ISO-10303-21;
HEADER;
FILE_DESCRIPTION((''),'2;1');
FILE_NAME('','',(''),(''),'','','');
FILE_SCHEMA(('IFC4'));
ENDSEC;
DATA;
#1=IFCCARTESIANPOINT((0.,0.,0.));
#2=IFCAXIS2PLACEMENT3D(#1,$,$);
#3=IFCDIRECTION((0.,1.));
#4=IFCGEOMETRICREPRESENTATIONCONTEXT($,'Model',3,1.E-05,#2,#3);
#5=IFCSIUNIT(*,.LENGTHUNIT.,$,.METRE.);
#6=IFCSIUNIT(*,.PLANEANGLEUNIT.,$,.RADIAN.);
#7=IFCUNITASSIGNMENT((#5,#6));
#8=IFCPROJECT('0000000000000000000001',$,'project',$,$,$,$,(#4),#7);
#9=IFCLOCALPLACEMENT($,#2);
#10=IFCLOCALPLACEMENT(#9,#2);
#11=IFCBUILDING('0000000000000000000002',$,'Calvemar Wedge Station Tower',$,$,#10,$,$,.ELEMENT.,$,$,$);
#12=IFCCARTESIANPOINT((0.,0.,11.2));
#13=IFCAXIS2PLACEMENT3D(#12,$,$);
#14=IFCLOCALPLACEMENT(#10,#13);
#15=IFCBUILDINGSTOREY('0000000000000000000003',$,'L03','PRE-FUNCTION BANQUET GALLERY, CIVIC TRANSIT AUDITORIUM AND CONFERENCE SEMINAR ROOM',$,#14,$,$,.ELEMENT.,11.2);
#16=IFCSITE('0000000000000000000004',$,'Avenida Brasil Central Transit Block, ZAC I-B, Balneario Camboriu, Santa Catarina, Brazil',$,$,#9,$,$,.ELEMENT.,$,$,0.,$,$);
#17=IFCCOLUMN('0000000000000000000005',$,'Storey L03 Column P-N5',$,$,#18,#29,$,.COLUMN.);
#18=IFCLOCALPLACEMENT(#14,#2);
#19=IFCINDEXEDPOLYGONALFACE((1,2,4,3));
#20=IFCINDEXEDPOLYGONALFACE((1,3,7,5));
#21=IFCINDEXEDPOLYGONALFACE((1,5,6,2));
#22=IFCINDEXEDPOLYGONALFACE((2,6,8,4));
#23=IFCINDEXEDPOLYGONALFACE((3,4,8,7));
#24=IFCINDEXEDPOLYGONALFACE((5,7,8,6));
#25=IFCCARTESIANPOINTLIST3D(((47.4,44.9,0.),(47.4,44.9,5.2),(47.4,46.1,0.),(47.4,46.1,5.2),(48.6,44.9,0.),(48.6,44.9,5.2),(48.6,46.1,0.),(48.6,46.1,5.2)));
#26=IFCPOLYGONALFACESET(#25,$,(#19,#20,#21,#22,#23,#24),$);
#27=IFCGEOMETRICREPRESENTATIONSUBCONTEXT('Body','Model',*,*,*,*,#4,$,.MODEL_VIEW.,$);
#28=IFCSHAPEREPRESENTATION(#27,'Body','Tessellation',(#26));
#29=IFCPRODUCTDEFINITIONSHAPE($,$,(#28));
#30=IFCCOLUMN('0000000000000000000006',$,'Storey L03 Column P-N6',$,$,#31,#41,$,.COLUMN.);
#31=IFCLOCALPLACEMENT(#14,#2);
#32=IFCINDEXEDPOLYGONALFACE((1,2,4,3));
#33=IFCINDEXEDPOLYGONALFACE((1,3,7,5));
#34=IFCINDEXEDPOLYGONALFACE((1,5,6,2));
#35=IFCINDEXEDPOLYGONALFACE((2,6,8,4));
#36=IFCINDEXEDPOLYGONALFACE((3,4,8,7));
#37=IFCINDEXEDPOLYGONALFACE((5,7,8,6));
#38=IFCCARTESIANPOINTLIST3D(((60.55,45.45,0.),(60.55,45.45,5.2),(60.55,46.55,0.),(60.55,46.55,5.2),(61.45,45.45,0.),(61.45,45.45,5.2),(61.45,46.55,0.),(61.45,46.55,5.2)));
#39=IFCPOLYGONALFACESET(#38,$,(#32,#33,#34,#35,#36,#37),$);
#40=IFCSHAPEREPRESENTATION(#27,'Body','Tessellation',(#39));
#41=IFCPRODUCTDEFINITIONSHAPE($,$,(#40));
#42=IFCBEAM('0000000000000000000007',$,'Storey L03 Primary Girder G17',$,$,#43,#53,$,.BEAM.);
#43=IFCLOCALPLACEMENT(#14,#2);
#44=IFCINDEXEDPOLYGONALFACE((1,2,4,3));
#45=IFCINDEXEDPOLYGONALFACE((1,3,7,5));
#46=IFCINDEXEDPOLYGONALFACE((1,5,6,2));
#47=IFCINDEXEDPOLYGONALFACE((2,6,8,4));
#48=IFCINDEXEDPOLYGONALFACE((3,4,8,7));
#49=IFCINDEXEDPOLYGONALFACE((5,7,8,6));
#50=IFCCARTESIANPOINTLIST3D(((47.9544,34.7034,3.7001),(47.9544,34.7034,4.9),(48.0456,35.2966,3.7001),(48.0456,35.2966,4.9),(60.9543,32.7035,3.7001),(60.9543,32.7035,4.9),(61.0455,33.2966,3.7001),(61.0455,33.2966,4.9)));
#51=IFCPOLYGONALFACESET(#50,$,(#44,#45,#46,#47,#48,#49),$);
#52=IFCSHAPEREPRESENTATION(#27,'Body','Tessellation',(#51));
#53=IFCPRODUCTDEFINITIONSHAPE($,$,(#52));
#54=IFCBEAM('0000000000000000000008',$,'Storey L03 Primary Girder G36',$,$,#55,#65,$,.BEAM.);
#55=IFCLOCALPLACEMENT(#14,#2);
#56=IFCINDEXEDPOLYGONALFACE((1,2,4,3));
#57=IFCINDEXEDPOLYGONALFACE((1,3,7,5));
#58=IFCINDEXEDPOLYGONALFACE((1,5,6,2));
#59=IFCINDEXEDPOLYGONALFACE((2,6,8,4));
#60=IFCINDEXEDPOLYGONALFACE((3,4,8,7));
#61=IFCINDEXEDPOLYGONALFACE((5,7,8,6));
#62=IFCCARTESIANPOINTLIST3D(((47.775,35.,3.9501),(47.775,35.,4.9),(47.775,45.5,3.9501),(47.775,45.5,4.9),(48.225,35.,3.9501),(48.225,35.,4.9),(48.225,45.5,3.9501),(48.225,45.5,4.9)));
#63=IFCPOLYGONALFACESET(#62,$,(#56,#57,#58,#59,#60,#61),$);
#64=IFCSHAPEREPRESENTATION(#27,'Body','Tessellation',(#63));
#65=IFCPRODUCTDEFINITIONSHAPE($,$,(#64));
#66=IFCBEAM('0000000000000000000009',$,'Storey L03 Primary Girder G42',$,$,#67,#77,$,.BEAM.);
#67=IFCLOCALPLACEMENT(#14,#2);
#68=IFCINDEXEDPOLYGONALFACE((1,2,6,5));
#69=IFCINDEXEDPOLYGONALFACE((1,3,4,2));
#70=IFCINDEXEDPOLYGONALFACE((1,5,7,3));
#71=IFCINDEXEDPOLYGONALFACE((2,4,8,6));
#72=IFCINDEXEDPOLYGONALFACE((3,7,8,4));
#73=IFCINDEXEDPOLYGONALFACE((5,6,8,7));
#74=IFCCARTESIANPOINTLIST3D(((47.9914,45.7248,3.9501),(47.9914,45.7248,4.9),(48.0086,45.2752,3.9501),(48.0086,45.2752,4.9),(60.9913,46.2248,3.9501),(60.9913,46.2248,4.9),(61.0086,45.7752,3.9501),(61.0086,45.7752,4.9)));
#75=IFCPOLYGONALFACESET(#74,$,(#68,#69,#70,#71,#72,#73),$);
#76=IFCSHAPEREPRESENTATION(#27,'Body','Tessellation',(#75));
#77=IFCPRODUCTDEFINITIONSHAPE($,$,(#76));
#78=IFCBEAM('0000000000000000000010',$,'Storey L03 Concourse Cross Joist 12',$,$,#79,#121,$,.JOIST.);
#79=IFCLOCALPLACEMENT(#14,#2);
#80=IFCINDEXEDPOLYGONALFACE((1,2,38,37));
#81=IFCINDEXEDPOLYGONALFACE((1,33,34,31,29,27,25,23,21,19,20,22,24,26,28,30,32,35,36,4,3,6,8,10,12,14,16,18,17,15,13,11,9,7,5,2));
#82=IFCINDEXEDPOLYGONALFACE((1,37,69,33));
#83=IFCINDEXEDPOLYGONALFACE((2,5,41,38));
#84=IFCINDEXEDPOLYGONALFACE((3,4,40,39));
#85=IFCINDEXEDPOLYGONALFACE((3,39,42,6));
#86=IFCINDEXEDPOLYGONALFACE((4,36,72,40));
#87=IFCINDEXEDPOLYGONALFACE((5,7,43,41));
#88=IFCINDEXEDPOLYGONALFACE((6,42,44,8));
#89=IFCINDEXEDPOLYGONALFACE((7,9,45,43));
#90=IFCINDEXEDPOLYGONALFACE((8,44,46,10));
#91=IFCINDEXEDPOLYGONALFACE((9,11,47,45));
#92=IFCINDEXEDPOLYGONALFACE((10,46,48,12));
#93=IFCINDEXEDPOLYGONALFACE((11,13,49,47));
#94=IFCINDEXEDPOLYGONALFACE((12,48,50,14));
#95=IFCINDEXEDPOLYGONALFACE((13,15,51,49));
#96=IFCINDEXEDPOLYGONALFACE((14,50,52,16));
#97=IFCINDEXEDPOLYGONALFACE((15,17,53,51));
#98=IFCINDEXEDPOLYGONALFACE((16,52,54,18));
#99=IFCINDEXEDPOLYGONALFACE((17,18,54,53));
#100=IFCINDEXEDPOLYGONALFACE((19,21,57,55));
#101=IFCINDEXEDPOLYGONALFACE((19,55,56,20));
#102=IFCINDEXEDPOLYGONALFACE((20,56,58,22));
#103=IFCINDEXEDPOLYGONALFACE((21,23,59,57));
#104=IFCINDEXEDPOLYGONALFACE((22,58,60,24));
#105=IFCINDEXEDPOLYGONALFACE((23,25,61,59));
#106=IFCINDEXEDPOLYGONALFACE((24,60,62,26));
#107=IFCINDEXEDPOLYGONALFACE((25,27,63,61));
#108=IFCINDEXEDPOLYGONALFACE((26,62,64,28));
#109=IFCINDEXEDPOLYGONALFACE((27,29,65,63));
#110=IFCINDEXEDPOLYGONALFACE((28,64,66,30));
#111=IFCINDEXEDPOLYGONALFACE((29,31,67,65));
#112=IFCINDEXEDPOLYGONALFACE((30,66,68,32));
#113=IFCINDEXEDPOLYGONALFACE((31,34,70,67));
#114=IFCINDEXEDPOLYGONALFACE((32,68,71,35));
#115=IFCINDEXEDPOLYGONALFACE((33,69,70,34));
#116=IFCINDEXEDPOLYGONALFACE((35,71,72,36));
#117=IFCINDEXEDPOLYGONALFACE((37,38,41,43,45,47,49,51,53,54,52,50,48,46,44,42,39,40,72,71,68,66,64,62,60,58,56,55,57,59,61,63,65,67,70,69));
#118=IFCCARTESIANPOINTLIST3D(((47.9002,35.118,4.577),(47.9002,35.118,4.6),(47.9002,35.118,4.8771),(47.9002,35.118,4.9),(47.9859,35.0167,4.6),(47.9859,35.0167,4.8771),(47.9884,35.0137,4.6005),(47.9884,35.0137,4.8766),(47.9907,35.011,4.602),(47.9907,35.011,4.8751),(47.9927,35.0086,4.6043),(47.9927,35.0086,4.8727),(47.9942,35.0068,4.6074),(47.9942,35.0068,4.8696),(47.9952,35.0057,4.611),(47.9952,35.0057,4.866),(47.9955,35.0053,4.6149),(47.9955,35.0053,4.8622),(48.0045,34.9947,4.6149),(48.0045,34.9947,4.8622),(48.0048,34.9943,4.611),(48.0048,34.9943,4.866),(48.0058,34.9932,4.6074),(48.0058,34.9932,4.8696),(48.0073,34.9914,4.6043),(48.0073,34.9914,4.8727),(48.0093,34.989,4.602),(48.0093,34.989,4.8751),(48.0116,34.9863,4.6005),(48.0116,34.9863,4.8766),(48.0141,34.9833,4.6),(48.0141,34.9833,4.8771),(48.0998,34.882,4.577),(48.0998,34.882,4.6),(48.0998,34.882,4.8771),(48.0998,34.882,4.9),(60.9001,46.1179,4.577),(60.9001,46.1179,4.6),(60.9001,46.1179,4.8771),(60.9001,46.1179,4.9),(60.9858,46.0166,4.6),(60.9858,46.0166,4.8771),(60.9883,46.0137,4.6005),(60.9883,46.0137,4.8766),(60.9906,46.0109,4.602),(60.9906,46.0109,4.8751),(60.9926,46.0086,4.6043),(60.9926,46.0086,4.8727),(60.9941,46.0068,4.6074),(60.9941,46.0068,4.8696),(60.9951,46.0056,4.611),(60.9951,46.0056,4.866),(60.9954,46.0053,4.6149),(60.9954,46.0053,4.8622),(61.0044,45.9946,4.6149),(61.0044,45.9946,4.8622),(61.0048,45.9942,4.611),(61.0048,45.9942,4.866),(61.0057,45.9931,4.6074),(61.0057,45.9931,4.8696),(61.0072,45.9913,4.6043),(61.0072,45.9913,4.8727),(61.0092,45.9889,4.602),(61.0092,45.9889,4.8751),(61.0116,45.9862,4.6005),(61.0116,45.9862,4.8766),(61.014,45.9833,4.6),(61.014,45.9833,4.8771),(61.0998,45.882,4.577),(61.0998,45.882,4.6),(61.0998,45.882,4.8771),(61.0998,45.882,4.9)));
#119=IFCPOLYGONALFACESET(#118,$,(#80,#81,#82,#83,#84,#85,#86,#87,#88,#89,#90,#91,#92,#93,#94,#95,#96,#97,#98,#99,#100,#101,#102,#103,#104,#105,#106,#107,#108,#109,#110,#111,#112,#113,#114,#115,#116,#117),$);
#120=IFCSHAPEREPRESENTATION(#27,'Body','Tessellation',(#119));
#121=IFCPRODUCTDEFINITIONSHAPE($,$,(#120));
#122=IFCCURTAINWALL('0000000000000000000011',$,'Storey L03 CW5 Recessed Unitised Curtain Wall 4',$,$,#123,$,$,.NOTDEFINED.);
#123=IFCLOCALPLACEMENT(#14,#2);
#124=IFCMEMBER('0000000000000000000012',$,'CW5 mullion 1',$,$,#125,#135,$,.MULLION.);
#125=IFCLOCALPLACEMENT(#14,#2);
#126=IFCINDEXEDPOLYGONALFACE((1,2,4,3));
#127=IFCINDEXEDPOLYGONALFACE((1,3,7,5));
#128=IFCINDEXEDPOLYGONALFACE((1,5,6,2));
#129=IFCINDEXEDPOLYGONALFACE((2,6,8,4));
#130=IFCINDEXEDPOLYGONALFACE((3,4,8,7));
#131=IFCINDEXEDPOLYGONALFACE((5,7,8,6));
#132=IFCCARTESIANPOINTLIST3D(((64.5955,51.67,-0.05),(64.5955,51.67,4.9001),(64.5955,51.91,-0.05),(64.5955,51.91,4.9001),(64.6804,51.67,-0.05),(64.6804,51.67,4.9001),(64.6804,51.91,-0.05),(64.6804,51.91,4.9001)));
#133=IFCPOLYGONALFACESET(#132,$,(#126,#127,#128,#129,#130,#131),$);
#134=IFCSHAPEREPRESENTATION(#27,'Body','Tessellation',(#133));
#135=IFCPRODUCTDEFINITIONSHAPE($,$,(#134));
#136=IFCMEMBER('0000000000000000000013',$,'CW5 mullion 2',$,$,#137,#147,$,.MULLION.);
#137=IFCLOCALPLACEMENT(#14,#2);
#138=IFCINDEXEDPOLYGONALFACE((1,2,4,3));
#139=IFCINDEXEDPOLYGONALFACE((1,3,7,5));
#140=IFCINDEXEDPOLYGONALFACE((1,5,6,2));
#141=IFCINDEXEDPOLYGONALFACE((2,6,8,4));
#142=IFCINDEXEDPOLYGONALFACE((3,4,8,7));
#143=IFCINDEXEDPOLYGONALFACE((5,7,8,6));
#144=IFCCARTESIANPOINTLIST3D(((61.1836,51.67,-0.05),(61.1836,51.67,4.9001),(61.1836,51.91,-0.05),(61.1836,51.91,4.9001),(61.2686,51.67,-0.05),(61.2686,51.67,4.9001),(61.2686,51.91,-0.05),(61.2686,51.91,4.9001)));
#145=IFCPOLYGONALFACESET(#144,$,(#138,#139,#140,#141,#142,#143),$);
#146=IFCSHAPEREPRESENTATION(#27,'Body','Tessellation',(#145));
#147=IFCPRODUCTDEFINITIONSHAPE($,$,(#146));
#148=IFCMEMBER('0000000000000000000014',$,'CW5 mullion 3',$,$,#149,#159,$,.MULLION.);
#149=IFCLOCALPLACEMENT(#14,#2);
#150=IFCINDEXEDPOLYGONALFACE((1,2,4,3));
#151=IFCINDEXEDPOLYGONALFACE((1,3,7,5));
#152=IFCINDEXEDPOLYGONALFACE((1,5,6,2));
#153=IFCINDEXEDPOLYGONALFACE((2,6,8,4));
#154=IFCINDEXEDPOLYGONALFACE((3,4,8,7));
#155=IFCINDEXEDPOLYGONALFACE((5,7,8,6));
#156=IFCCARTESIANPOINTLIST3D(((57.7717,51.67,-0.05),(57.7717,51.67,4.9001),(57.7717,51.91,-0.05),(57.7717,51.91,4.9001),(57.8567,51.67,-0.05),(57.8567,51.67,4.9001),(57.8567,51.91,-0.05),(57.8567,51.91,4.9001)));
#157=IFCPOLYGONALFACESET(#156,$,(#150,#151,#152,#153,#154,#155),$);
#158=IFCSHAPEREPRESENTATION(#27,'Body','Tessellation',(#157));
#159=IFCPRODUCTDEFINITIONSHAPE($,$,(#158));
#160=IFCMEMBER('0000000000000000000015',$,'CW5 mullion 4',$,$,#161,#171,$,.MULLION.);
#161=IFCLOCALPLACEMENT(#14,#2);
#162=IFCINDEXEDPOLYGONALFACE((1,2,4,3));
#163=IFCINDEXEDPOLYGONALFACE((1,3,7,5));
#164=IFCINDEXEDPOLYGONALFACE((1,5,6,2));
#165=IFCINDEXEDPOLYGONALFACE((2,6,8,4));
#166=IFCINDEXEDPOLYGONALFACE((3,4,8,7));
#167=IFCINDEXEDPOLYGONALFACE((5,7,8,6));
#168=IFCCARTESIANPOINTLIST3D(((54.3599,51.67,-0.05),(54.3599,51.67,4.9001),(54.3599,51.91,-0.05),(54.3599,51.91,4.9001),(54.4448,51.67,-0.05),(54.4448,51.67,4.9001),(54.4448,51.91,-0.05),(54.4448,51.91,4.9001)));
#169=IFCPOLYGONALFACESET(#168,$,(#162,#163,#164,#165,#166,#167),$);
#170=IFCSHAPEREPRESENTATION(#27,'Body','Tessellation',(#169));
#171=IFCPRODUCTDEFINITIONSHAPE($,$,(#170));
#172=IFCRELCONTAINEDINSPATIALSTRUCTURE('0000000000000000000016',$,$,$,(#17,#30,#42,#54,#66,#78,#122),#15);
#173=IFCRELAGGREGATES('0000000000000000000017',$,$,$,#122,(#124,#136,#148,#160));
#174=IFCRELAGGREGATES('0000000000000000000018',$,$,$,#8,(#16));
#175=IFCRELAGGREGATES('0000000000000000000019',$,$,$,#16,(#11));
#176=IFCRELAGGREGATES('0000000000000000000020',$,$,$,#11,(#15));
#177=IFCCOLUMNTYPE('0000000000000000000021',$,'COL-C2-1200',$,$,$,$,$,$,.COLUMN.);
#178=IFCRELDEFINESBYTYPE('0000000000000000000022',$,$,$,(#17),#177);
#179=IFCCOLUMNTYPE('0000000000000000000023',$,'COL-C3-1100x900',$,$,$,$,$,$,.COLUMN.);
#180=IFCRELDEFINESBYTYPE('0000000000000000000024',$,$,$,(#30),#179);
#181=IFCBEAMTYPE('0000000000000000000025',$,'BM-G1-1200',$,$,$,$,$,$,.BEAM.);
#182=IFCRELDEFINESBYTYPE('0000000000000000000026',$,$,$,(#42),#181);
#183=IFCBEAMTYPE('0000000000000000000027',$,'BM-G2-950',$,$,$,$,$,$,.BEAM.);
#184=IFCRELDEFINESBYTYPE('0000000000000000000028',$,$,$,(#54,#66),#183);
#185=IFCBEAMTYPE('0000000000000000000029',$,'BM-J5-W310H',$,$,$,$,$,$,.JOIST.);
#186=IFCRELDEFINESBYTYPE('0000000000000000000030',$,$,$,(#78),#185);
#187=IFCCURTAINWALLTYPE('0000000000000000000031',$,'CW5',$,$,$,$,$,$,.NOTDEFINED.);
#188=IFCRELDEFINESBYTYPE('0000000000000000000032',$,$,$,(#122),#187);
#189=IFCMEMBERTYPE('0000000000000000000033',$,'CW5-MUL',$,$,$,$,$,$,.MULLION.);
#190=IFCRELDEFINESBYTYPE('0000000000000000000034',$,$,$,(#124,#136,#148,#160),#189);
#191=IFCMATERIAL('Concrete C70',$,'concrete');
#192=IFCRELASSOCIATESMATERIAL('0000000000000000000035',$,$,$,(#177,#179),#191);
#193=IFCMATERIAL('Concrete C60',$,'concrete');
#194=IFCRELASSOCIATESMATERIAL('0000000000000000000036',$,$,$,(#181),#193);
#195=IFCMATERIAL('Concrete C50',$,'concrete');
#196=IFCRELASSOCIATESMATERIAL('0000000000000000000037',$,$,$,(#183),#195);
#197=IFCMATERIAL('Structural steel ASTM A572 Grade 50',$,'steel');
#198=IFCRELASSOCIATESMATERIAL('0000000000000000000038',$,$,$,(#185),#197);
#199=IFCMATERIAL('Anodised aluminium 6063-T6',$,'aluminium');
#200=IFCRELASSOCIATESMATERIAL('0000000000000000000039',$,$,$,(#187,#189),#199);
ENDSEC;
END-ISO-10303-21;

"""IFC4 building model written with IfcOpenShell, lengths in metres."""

from ifc_helpers import new_model, si_unit, direction, frame, origin, origin_2d, place, context, subcontext, project, spatial, rectangle, i_section, extrude, source, transform, mapped, material, material_profile, profile_set, type_object, element, aggregate, save


model = new_model("IFC4")

# Units and contexts
model_context = context("Model", 3, precision=1e-05, world=origin(), true_north=direction((0.0, 1.0)))
body_context = subcontext(model_context, "Body", "Model", "MODEL_VIEW")
ifc_project = project(units=[si_unit("LENGTHUNIT", "METRE"), si_unit("PLANEANGLEUNIT", "RADIAN")], contexts=[model_context])

# Site, building, storey
site_placement = place(None, origin())
site = spatial("IfcSite", under=ifc_project, at=site_placement, Name="Avenida Brasil Central Transit Block, ZAC I-B, Balneario Camboriu, Santa Catarina, Brazil", CompositionType="ELEMENT", RefElevation=0.0)
building_placement = place(site_placement, origin())
building = spatial("IfcBuilding", under=site, at=building_placement, Name="Calvemar Wedge Station Tower", CompositionType="ELEMENT")
storey_placement = place(building_placement, frame((0.0, 0.0, 11.2)))
storey = spatial("IfcBuildingStorey", under=building, at=storey_placement, Name="L03", Description="PRE-FUNCTION BANQUET GALLERY, CIVIC TRANSIT AUDITORIUM AND CONFERENCE SEMINAR ROOM", CompositionType="ELEMENT", Elevation=11.2)

# Columns
ifc_material_1 = material(Name="Concrete C70", Category="concrete")
ifc_material_profile_1 = material_profile(ifc_material_1, rectangle(XDim=1.2, YDim=1.2, at=origin_2d()), Name="RC1200x1200")
ifc_profile_set_1 = profile_set([ifc_material_profile_1], Name="Concrete C70")
column_type_1 = type_object("IfcColumnType", Name="COL-C2-1200", PredefinedType="COLUMN", material=ifc_profile_set_1)
shared_shape_1 = source(origin(), body_context, "Body", "SweptSolid", [
    extrude(rectangle(XDim=1.2, YDim=1.2, at=origin_2d()), origin(), (0.0, 0.0, 1.0), 5.2),
])
column_1_placement = place(storey_placement, frame((48.0, 45.5, 0.0), z_axis=(0.0, 0.0, 1.0), x_axis=(1.0, 0.0, 0.0)))
element("IfcColumn", 1, at=column_1_placement, inside=storey, type_object=column_type_1, Name="Storey L03 Column P-N5", PredefinedType="COLUMN", context=body_context, shape_type="MappedRepresentation", body=[
    mapped(shared_shape_1, transform((0.0, 0.0, 0.0), scale=1.0)),
])
ifc_material_profile_2 = material_profile(ifc_material_1, rectangle(XDim=0.8999, YDim=1.1001, at=origin_2d()), Name="RC1100x900")
ifc_profile_set_2 = profile_set([ifc_material_profile_2], Name="Concrete C70")
column_type_2 = type_object("IfcColumnType", Name="COL-C3-1100x900", PredefinedType="COLUMN", material=ifc_profile_set_2)
shared_shape_2 = source(origin(), body_context, "Body", "SweptSolid", [
    extrude(rectangle(XDim=0.8999, YDim=1.1001, at=origin_2d()), origin(), (0.0, 0.0, 1.0), 5.2),
])
column_2_placement = place(storey_placement, frame((61.0, 46.0, 0.0), z_axis=(0.0, 0.0, 1.0), x_axis=(1.0, 0.0, 0.0)))
element("IfcColumn", 2, at=column_2_placement, inside=storey, type_object=column_type_2, Name="Storey L03 Column P-N6", PredefinedType="COLUMN", context=body_context, shape_type="MappedRepresentation", body=[
    mapped(shared_shape_2, transform((0.0, 0.0, 0.0), scale=1.0)),
])

# Beams
ifc_material_2 = material(Name="Concrete C60", Category="concrete")
ifc_material_profile_3 = material_profile(ifc_material_2, rectangle(XDim=0.6001, YDim=1.2, at=origin_2d()), Name="RC600x1200")
ifc_profile_set_3 = profile_set([ifc_material_profile_3], Name="Concrete C60")
beam_type_1 = type_object("IfcBeamType", Name="BM-G1-1200", PredefinedType="BEAM", material=ifc_profile_set_3)
shared_shape_3 = source(origin(), body_context, "Body", "SweptSolid", [
    extrude(rectangle(XDim=0.6001, YDim=1.2, at=origin_2d()), origin(), (0.0, 0.0, 1.0), 13.1528),
])
beam_1_placement = place(storey_placement, frame((48.0, 35.0, 4.3), z_axis=(0.988372, -0.152057, 0.0), x_axis=(0.152057, 0.988372, 0.0)))
element("IfcBeam", 3, at=beam_1_placement, inside=storey, type_object=beam_type_1, Name="Storey L03 Primary Girder G17", PredefinedType="BEAM", context=body_context, shape_type="MappedRepresentation", body=[
    mapped(shared_shape_3, transform((0.0, 0.0, 0.0), scale=1.0)),
])
ifc_material_3 = material(Name="Concrete C50", Category="concrete")
ifc_material_profile_4 = material_profile(ifc_material_3, rectangle(XDim=0.45, YDim=0.95, at=origin_2d()), Name="RC450x950")
ifc_profile_set_4 = profile_set([ifc_material_profile_4], Name="Concrete C50")
beam_type_2 = type_object("IfcBeamType", Name="BM-G2-950", PredefinedType="BEAM", material=ifc_profile_set_4)
shared_shape_4 = source(origin(), body_context, "Body", "SweptSolid", [
    extrude(rectangle(XDim=0.45, YDim=0.95, at=origin_2d()), origin(), (0.0, 0.0, 1.0), 10.5),
])
beam_2_placement = place(storey_placement, frame((48.0, 35.0, 4.425), z_axis=(0.0, 1.0, 0.0), x_axis=(-1.0, 0.0, 0.0)))
element("IfcBeam", 4, at=beam_2_placement, inside=storey, type_object=beam_type_2, Name="Storey L03 Primary Girder G36", PredefinedType="BEAM", context=body_context, shape_type="MappedRepresentation", body=[
    mapped(shared_shape_4, transform((0.0, 0.0, 0.0), scale=1.0)),
])
shared_shape_5 = source(origin(), body_context, "Body", "SweptSolid", [
    extrude(rectangle(XDim=0.45, YDim=0.95, at=origin_2d()), origin(), (0.0, 0.0, 1.0), 13.0095),
])
beam_3_placement = place(storey_placement, frame((48.0, 45.5, 4.425), z_axis=(0.999261, 0.038433, 0.0), x_axis=(-0.038433, 0.999261, 0.0)))
element("IfcBeam", 5, at=beam_3_placement, inside=storey, type_object=beam_type_2, Name="Storey L03 Primary Girder G42", PredefinedType="BEAM", context=body_context, shape_type="MappedRepresentation", body=[
    mapped(shared_shape_5, transform((0.0, 0.0, 0.0), scale=1.0)),
])
ifc_material_4 = material(Name="Structural steel ASTM A572 Grade 50", Category="steel")
ifc_material_profile_5 = material_profile(ifc_material_4, i_section(OverallWidth=0.3091, OverallDepth=0.323, WebThickness=0.0139, FlangeThickness=0.0229, FilletRadius=0.0149, at=origin_2d()), Name="W310x143")
ifc_profile_set_5 = profile_set([ifc_material_profile_5], Name="Structural steel ASTM A572 Grade 50")
beam_type_3 = type_object("IfcBeamType", Name="BM-J5-W310H", PredefinedType="JOIST", material=ifc_profile_set_5)
shared_shape_6 = source(origin(), body_context, "Body", "SweptSolid", [
    extrude(i_section(OverallWidth=0.3091, OverallDepth=0.323, WebThickness=0.0139, FlangeThickness=0.0229, FilletRadius=0.0149, at=origin_2d()), origin(), (0.0, 0.0, 1.0), 17.0293),
])
beam_4_placement = place(storey_placement, frame((48.0, 35.0, 4.7385), z_axis=(0.763386, 0.645942, 0.0), x_axis=(-0.645942, 0.763386, 0.0)))
element("IfcBeam", 6, at=beam_4_placement, inside=storey, type_object=beam_type_3, Name="Storey L03 Concourse Cross Joist 12", PredefinedType="JOIST", context=body_context, shape_type="MappedRepresentation", body=[
    mapped(shared_shape_6, transform((0.0, 0.0, 0.0), scale=1.0)),
])

# Curtain wall, members
ifc_material_5 = material(Name="Anodised aluminium 6063-T6", Category="aluminium")
curtain_wall_type = type_object("IfcCurtainWallType", Name="CW5", PredefinedType="NOTDEFINED", material=ifc_material_5)
curtain_wall_placement = place(storey_placement, origin())
curtain_wall = element("IfcCurtainWall", 7, at=curtain_wall_placement, inside=storey, type_object=curtain_wall_type, Name="Storey L03 CW5 Recessed Unitised Curtain Wall 4", PredefinedType="NOTDEFINED")
ifc_material_profile_6 = material_profile(ifc_material_5, rectangle(XDim=0.085, YDim=0.24, at=origin_2d()), Name="AL-MUL-85x240")
ifc_profile_set_6 = profile_set([ifc_material_profile_6], Name="Anodised aluminium 6063-T6")
member_type = type_object("IfcMemberType", Name="CW5-MUL", PredefinedType="MULLION", material=ifc_profile_set_6)
shared_shape_7 = source(origin(), body_context, "Body", "SweptSolid", [
    extrude(rectangle(XDim=0.085, YDim=0.24, at=origin_2d()), origin(), (0.0, 0.0, 1.0), 4.9502),
])
member_1_placement = place(storey_placement, frame((64.6379, 51.79, -0.05), z_axis=(0.0, 0.0, 1.0), x_axis=(1.0, 0.0, 0.0)))
member_1 = element("IfcMember", 8, at=member_1_placement, type_object=member_type, Name="CW5 mullion 1", PredefinedType="MULLION", context=body_context, shape_type="MappedRepresentation", body=[
    mapped(shared_shape_7, transform((0.0, 0.0, 0.0), scale=1.0)),
])
member_2_placement = place(storey_placement, frame((61.2261, 51.79, -0.05), z_axis=(0.0, 0.0, 1.0), x_axis=(1.0, 0.0, 0.0)))
member_2 = element("IfcMember", 9, at=member_2_placement, type_object=member_type, Name="CW5 mullion 2", PredefinedType="MULLION", context=body_context, shape_type="MappedRepresentation", body=[
    mapped(shared_shape_7, transform((0.0, 0.0, 0.0), scale=1.0)),
])
member_3_placement = place(storey_placement, frame((57.8142, 51.79, -0.05), z_axis=(0.0, 0.0, 1.0), x_axis=(1.0, 0.0, 0.0)))
member_3 = element("IfcMember", 10, at=member_3_placement, type_object=member_type, Name="CW5 mullion 3", PredefinedType="MULLION", context=body_context, shape_type="MappedRepresentation", body=[
    mapped(shared_shape_7, transform((0.0, 0.0, 0.0), scale=1.0)),
])
member_4_placement = place(storey_placement, frame((54.4023, 51.79, -0.05), z_axis=(0.0, 0.0, 1.0), x_axis=(1.0, 0.0, 0.0)))
member_4 = element("IfcMember", 11, at=member_4_placement, type_object=member_type, Name="CW5 mullion 4", PredefinedType="MULLION", context=body_context, shape_type="MappedRepresentation", body=[
    mapped(shared_shape_7, transform((0.0, 0.0, 0.0), scale=1.0)),
])
aggregate(curtain_wall, [member_1, member_2, member_3, member_4])

save(model, "model.ifc")
